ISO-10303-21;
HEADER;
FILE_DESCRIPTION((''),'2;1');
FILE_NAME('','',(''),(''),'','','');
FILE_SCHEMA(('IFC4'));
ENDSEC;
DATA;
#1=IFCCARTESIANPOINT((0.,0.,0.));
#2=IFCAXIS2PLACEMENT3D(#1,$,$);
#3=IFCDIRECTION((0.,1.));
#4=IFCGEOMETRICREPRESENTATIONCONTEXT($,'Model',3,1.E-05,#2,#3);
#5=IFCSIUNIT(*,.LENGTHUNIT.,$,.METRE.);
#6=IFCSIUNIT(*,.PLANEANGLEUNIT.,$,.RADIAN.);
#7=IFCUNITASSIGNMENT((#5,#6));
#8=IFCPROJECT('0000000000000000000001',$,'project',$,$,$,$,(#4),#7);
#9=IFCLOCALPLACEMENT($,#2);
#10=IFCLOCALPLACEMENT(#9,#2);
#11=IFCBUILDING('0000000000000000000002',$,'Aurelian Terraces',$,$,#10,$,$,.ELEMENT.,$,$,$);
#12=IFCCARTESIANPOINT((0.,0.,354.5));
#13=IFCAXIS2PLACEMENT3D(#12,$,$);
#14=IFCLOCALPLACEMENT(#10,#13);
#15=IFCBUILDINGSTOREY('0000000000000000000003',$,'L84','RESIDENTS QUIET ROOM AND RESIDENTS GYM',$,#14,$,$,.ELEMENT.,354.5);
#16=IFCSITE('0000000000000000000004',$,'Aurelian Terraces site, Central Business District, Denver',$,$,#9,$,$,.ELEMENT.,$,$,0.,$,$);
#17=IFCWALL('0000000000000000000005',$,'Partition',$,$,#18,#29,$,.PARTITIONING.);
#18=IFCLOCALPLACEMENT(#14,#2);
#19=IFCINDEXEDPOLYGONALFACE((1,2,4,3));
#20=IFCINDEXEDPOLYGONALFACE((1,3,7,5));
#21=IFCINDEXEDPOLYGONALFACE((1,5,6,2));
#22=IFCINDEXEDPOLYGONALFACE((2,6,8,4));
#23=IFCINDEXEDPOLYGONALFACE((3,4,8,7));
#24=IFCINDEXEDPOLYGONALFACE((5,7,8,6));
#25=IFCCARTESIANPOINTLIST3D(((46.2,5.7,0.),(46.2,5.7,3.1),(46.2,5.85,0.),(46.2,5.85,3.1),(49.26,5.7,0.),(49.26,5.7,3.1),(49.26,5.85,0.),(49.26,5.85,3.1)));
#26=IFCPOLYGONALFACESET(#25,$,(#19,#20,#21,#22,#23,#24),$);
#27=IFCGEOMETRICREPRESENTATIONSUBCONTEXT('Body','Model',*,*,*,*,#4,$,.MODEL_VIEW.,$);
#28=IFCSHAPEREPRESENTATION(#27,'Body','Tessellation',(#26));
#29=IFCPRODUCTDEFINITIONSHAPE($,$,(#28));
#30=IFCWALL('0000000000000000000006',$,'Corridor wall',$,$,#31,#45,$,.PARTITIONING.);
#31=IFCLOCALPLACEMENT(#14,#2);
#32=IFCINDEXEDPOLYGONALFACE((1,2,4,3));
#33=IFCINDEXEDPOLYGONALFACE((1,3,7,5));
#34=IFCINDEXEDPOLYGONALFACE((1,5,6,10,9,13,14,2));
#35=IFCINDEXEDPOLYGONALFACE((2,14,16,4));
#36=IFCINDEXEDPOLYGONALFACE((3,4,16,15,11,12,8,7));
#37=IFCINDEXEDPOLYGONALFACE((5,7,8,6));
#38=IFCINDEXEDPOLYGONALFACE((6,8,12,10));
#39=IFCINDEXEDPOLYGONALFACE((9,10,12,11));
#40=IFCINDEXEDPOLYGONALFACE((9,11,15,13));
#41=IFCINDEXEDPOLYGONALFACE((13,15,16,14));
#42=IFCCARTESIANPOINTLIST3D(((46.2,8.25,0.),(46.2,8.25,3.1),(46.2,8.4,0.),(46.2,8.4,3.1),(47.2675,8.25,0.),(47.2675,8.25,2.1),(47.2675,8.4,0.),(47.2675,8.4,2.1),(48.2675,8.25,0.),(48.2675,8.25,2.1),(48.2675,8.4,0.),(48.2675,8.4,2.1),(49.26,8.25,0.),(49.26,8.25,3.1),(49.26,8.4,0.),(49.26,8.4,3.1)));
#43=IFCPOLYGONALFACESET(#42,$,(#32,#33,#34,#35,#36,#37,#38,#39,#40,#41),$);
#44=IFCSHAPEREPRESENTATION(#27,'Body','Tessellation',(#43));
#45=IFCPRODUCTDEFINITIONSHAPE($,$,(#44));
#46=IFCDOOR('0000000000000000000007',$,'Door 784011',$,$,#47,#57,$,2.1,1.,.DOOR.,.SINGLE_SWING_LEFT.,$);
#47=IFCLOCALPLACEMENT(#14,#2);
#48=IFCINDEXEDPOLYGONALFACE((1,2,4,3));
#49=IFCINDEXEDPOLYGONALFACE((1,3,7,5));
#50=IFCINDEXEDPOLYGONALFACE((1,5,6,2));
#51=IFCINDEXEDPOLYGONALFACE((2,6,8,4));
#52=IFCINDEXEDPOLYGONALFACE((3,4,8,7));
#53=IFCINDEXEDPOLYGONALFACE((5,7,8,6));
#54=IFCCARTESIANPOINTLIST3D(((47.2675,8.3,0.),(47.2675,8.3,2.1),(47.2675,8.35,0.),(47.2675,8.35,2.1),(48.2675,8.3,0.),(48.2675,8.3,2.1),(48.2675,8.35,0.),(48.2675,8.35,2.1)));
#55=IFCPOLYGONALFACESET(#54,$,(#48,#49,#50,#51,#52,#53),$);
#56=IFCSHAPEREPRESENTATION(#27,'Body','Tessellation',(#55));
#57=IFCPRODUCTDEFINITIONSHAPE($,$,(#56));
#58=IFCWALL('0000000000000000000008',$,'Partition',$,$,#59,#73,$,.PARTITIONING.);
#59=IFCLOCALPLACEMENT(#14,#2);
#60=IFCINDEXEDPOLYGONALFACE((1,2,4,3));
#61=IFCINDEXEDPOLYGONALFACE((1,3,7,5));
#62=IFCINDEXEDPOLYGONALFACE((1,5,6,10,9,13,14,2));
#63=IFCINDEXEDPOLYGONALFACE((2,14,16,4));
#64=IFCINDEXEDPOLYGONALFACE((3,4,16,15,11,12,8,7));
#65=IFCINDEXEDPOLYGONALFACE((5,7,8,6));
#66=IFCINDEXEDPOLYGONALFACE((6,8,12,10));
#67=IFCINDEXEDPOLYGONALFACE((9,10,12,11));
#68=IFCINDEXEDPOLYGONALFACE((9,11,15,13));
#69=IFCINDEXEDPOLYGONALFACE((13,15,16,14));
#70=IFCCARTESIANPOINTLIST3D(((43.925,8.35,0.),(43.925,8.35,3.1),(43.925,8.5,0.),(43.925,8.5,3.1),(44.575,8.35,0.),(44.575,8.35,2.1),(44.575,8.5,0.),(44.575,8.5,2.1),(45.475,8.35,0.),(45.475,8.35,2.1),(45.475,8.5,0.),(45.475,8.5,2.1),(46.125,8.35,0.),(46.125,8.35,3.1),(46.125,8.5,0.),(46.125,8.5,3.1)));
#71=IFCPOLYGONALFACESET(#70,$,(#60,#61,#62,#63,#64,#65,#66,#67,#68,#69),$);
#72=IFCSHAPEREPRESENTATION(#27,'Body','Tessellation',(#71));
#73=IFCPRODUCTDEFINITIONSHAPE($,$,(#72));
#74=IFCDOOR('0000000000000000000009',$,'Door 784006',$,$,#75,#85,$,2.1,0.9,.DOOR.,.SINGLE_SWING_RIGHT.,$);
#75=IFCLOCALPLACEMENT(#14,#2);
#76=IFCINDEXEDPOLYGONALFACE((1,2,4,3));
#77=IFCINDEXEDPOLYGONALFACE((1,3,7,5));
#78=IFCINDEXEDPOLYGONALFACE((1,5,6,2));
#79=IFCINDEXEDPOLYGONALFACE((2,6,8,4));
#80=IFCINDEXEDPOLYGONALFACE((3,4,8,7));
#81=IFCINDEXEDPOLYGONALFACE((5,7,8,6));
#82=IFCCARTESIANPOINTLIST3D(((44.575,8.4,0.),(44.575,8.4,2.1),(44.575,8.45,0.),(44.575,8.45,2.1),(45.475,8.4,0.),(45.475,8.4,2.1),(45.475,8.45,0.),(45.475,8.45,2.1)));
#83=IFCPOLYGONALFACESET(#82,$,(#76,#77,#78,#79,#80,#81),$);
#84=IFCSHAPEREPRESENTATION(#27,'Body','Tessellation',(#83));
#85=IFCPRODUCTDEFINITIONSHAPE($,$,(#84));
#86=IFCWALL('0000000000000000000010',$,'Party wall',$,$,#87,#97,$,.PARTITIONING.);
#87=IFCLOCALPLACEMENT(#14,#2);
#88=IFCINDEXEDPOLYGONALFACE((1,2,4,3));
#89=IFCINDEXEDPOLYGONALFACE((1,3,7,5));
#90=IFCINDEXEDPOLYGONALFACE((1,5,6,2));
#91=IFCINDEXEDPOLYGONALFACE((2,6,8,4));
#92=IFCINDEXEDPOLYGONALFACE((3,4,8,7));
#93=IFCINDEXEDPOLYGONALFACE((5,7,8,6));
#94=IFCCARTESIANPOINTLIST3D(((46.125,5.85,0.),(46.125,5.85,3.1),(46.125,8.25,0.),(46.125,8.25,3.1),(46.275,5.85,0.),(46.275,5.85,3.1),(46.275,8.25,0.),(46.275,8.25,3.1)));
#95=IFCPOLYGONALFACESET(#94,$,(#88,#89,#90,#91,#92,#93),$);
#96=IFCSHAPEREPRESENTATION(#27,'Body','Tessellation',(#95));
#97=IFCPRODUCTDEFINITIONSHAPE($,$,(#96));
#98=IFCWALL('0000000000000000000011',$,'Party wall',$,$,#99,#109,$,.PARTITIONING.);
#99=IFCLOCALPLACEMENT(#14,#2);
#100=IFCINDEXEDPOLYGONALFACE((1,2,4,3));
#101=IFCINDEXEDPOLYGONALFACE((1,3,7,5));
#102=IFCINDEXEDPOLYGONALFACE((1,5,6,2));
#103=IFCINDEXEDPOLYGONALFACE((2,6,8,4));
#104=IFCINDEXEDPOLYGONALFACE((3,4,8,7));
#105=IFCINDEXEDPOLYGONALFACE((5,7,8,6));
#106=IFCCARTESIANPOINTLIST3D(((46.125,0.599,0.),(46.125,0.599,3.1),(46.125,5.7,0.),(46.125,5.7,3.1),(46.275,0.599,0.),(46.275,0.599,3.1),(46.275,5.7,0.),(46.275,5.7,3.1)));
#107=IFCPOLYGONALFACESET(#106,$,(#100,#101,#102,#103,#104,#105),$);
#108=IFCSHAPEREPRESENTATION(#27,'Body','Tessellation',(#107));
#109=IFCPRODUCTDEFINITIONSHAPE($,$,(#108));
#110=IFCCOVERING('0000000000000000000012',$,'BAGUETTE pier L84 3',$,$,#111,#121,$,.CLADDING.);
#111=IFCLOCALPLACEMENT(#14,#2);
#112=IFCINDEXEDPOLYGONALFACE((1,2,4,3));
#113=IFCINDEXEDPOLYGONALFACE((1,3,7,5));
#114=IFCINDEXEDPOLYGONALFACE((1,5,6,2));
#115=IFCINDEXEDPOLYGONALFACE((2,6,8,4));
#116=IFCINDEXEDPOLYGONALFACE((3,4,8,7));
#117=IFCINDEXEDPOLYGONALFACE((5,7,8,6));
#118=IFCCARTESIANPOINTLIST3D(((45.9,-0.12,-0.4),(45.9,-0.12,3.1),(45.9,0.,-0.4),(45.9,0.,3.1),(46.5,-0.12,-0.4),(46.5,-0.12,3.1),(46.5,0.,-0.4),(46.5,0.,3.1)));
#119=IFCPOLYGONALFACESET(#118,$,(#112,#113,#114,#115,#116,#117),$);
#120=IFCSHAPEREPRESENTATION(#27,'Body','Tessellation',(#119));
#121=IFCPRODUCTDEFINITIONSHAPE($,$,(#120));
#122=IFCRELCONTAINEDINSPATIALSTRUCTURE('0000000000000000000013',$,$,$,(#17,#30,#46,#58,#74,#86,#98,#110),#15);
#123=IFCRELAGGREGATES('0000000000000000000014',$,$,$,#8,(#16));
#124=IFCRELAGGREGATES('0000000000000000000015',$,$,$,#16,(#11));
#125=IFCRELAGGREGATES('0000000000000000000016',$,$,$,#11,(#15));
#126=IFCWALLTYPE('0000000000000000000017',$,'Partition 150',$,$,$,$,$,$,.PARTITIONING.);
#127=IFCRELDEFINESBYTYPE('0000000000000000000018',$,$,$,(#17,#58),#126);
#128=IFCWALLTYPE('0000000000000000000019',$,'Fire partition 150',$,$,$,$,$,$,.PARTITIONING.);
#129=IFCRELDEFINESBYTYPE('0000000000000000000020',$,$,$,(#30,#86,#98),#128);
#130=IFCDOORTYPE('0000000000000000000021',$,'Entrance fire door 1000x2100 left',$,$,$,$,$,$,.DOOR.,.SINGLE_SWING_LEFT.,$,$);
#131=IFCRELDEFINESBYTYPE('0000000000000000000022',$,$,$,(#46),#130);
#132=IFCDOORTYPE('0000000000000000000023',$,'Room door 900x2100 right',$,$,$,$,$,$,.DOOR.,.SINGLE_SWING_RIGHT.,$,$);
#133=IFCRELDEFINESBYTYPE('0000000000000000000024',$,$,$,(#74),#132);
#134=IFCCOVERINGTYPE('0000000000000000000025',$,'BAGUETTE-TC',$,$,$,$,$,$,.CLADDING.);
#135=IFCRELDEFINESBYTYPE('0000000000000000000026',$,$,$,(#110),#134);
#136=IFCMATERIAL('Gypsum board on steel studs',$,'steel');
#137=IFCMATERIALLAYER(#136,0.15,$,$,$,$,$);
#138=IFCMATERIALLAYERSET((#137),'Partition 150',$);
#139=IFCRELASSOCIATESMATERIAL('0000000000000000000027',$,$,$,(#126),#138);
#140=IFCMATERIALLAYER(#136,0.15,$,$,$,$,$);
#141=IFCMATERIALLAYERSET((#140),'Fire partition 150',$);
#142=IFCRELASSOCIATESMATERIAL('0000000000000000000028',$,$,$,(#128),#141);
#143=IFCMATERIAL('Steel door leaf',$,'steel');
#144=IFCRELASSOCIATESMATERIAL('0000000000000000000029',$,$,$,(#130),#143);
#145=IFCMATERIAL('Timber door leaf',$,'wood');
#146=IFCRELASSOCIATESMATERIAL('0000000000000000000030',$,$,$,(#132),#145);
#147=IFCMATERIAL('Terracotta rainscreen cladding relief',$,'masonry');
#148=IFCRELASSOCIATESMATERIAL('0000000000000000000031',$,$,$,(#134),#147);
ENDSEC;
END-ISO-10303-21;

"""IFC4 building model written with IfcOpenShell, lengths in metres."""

from ifc_helpers import new_model, si_unit, direction, frame, frame_2d, origin, origin_2d, place, context, subcontext, project, spatial, rectangle, extrude, source, transform, mapped, material, layer, layer_set, type_object, element, fill, save


model = new_model("IFC4")

# Units and contexts
model_context = context("Model", 3, precision=1e-05, world=origin(), true_north=direction((0.0, 1.0)))
body_context = subcontext(model_context, "Body", "Model", "MODEL_VIEW")
ifc_project = project(units=[si_unit("LENGTHUNIT", "METRE"), si_unit("PLANEANGLEUNIT", "RADIAN")], contexts=[model_context])

# Site, building, storey
site_placement = place(None, origin())
site = spatial("IfcSite", under=ifc_project, at=site_placement, Name="Aurelian Terraces site, Central Business District, Denver", CompositionType="ELEMENT", RefElevation=0.0)
building_placement = place(site_placement, origin())
building = spatial("IfcBuilding", under=site, at=building_placement, Name="Aurelian Terraces", CompositionType="ELEMENT")
storey_placement = place(building_placement, frame((0.0, 0.0, 354.5)))
storey = spatial("IfcBuildingStorey", under=building, at=storey_placement, Name="L84", Description="RESIDENTS QUIET ROOM AND RESIDENTS GYM", CompositionType="ELEMENT", Elevation=354.5)

# Wall
ifc_material_1 = material(Name="Gypsum board on steel studs", Category="steel")
ifc_layer_1 = layer(ifc_material_1, 0.15)
ifc_layer_set_1 = layer_set([ifc_layer_1], Name="Partition 150")
wall_type_1 = type_object("IfcWallType", Name="Partition 150", PredefinedType="PARTITIONING", material=ifc_layer_set_1)
shared_shape_1 = source(origin(), body_context, "Body", "SweptSolid", [
    extrude(rectangle(XDim=3.06, YDim=0.15, at=frame_2d((1.53, 0.0))), origin(), (0.0, 0.0, 1.0), 3.1),
])
wall_1_placement = place(storey_placement, frame((49.26, 5.775, 0.0), z_axis=(0.0, 0.0, 1.0), x_axis=(-1.0, 0.0, 0.0)))
element("IfcWall", 1, at=wall_1_placement, inside=storey, type_object=wall_type_1, Name="Partition", PredefinedType="PARTITIONING", context=body_context, shape_type="MappedRepresentation", body=[
    mapped(shared_shape_1, transform((0.0, 0.0, 0.0), scale=1.0)),
])

# Walls, openings, doors
ifc_layer_2 = layer(ifc_material_1, 0.15)
ifc_layer_set_2 = layer_set([ifc_layer_2], Name="Fire partition 150")
wall_type_2 = type_object("IfcWallType", Name="Fire partition 150", PredefinedType="PARTITIONING", material=ifc_layer_set_2)
wall_2_placement = place(storey_placement, frame((49.26, 8.325, 0.0), z_axis=(0.0, 0.0, 1.0), x_axis=(-1.0, 0.0, 0.0)))
wall_2 = element("IfcWall", 2, at=wall_2_placement, inside=storey, type_object=wall_type_2, Name="Corridor wall", PredefinedType="PARTITIONING", context=body_context, shape_type="MappedRepresentation", body=[
    mapped(shared_shape_1, transform((0.0, 0.0, 0.0), scale=1.0)),
])
shared_shape_2 = source(origin(), body_context, "Body", "SweptSolid", [
    extrude(rectangle(XDim=1.0, YDim=2.1, at=frame_2d((0.5, 1.05))), frame((0.0, 0.085, 0.0), z_axis=(0.0, -1.0, 0.0), x_axis=(1.0, 0.0, 0.0)), (0.0, 0.0, 1.0), 0.17),
])
opening_1_placement = place(wall_2_placement, frame((0.9925, 0.0, 0.0)))
opening_1 = element("IfcOpeningElement", 3, at=opening_1_placement, cuts=wall_2, PredefinedType="OPENING", context=body_context, shape_type="MappedRepresentation", body=[
    mapped(shared_shape_2, transform((0.0, 0.0, 0.0), scale=1.0)),
])
ifc_material_2 = material(Name="Steel door leaf", Category="steel")
door_type_1 = type_object("IfcDoorType", Name="Entrance fire door 1000x2100 left", OperationType="SINGLE_SWING_LEFT", PredefinedType="DOOR", material=ifc_material_2)
shared_shape_3 = source(origin(), body_context, "Body", "SweptSolid", [
    extrude(rectangle(XDim=1.0, YDim=2.1, at=frame_2d((0.5, 1.05))), frame((0.0, 0.025, 0.0), z_axis=(0.0, -1.0, 0.0), x_axis=(1.0, 0.0, 0.0)), (0.0, 0.0, 1.0), 0.05),
])
door_1_placement = place(opening_1_placement, origin())
door_1 = element("IfcDoor", 4, at=door_1_placement, inside=storey, type_object=door_type_1, Name="Door 784011", OperationType="SINGLE_SWING_LEFT", OverallHeight=2.1, OverallWidth=1.0, PredefinedType="DOOR", context=body_context, shape_type="MappedRepresentation", body=[
    mapped(shared_shape_3, transform((0.0, 0.0, 0.0), scale=1.0)),
])
fill(opening_1, door_1)
shared_shape_4 = source(origin(), body_context, "Body", "SweptSolid", [
    extrude(rectangle(XDim=2.2, YDim=0.15, at=frame_2d((1.1, 0.0))), origin(), (0.0, 0.0, 1.0), 3.1),
])
wall_3_placement = place(storey_placement, frame((46.125, 8.425, 0.0), z_axis=(0.0, 0.0, 1.0), x_axis=(-1.0, 0.0, 0.0)))
wall_3 = element("IfcWall", 5, at=wall_3_placement, inside=storey, type_object=wall_type_1, Name="Partition", PredefinedType="PARTITIONING", context=body_context, shape_type="MappedRepresentation", body=[
    mapped(shared_shape_4, transform((0.0, 0.0, 0.0), scale=1.0)),
])
shared_shape_5 = source(origin(), body_context, "Body", "SweptSolid", [
    extrude(rectangle(XDim=0.9, YDim=2.1, at=frame_2d((0.45, 1.05))), frame((0.0, 0.085, 0.0), z_axis=(0.0, -1.0, 0.0), x_axis=(1.0, 0.0, 0.0)), (0.0, 0.0, 1.0), 0.17),
])
opening_2_placement = place(wall_3_placement, frame((0.65, 0.0, 0.0)))
opening_2 = element("IfcOpeningElement", 6, at=opening_2_placement, cuts=wall_3, PredefinedType="OPENING", context=body_context, shape_type="MappedRepresentation", body=[
    mapped(shared_shape_5, transform((0.0, 0.0, 0.0), scale=1.0)),
])
ifc_material_3 = material(Name="Timber door leaf", Category="wood")
door_type_2 = type_object("IfcDoorType", Name="Room door 900x2100 right", OperationType="SINGLE_SWING_RIGHT", PredefinedType="DOOR", material=ifc_material_3)
shared_shape_6 = source(origin(), body_context, "Body", "SweptSolid", [
    extrude(rectangle(XDim=0.9, YDim=2.1, at=frame_2d((0.45, 1.05))), frame((0.0, 0.025, 0.0), z_axis=(0.0, -1.0, 0.0), x_axis=(1.0, 0.0, 0.0)), (0.0, 0.0, 1.0), 0.05),
])
door_2_placement = place(opening_2_placement, origin())
door_2 = element("IfcDoor", 7, at=door_2_placement, inside=storey, type_object=door_type_2, Name="Door 784006", OperationType="SINGLE_SWING_RIGHT", OverallHeight=2.1, OverallWidth=0.9, PredefinedType="DOOR", context=body_context, shape_type="MappedRepresentation", body=[
    mapped(shared_shape_6, transform((0.0, 0.0, 0.0), scale=1.0)),
])
fill(opening_2, door_2)

# Walls
shared_shape_7 = source(origin(), body_context, "Body", "SweptSolid", [
    extrude(rectangle(XDim=2.4, YDim=0.15, at=frame_2d((1.2, 0.0))), origin(), (0.0, 0.0, 1.0), 3.1),
])
wall_4_placement = place(storey_placement, frame((46.2, 5.85, 0.0), z_axis=(0.0, 0.0, 1.0), x_axis=(0.0, 1.0, 0.0)))
element("IfcWall", 8, at=wall_4_placement, inside=storey, type_object=wall_type_2, Name="Party wall", PredefinedType="PARTITIONING", context=body_context, shape_type="MappedRepresentation", body=[
    mapped(shared_shape_7, transform((0.0, 0.0, 0.0), scale=1.0)),
])
shared_shape_8 = source(origin(), body_context, "Body", "SweptSolid", [
    extrude(rectangle(XDim=5.101, YDim=0.15, at=frame_2d((2.5505, 0.0))), origin(), (0.0, 0.0, 1.0), 3.1),
])
wall_5_placement = place(storey_placement, frame((46.2, 0.599, 0.0), z_axis=(0.0, 0.0, 1.0), x_axis=(0.0, 1.0, 0.0)))
element("IfcWall", 9, at=wall_5_placement, inside=storey, type_object=wall_type_2, Name="Party wall", PredefinedType="PARTITIONING", context=body_context, shape_type="MappedRepresentation", body=[
    mapped(shared_shape_8, transform((0.0, 0.0, 0.0), scale=1.0)),
])

# Covering
ifc_material_4 = material(Name="Terracotta rainscreen cladding relief", Category="masonry")
covering_type = type_object("IfcCoveringType", Name="BAGUETTE-TC", PredefinedType="CLADDING", material=ifc_material_4)
shared_shape_9 = source(origin(), body_context, "Body", "SweptSolid", [
    extrude(rectangle(XDim=0.6, YDim=0.12, at=origin_2d()), origin(), (0.0, 0.0, 1.0), 3.5),
])
covering_placement = place(storey_placement, frame((46.2, -0.06, -0.4), z_axis=(0.0, 0.0, 1.0), x_axis=(1.0, 0.0, 0.0)))
element("IfcCovering", 10, at=covering_placement, inside=storey, type_object=covering_type, Name="BAGUETTE pier L84 3", PredefinedType="CLADDING", context=body_context, shape_type="MappedRepresentation", body=[
    mapped(shared_shape_9, transform((0.0, 0.0, 0.0), scale=1.0)),
])

save(model, "model.ifc")
